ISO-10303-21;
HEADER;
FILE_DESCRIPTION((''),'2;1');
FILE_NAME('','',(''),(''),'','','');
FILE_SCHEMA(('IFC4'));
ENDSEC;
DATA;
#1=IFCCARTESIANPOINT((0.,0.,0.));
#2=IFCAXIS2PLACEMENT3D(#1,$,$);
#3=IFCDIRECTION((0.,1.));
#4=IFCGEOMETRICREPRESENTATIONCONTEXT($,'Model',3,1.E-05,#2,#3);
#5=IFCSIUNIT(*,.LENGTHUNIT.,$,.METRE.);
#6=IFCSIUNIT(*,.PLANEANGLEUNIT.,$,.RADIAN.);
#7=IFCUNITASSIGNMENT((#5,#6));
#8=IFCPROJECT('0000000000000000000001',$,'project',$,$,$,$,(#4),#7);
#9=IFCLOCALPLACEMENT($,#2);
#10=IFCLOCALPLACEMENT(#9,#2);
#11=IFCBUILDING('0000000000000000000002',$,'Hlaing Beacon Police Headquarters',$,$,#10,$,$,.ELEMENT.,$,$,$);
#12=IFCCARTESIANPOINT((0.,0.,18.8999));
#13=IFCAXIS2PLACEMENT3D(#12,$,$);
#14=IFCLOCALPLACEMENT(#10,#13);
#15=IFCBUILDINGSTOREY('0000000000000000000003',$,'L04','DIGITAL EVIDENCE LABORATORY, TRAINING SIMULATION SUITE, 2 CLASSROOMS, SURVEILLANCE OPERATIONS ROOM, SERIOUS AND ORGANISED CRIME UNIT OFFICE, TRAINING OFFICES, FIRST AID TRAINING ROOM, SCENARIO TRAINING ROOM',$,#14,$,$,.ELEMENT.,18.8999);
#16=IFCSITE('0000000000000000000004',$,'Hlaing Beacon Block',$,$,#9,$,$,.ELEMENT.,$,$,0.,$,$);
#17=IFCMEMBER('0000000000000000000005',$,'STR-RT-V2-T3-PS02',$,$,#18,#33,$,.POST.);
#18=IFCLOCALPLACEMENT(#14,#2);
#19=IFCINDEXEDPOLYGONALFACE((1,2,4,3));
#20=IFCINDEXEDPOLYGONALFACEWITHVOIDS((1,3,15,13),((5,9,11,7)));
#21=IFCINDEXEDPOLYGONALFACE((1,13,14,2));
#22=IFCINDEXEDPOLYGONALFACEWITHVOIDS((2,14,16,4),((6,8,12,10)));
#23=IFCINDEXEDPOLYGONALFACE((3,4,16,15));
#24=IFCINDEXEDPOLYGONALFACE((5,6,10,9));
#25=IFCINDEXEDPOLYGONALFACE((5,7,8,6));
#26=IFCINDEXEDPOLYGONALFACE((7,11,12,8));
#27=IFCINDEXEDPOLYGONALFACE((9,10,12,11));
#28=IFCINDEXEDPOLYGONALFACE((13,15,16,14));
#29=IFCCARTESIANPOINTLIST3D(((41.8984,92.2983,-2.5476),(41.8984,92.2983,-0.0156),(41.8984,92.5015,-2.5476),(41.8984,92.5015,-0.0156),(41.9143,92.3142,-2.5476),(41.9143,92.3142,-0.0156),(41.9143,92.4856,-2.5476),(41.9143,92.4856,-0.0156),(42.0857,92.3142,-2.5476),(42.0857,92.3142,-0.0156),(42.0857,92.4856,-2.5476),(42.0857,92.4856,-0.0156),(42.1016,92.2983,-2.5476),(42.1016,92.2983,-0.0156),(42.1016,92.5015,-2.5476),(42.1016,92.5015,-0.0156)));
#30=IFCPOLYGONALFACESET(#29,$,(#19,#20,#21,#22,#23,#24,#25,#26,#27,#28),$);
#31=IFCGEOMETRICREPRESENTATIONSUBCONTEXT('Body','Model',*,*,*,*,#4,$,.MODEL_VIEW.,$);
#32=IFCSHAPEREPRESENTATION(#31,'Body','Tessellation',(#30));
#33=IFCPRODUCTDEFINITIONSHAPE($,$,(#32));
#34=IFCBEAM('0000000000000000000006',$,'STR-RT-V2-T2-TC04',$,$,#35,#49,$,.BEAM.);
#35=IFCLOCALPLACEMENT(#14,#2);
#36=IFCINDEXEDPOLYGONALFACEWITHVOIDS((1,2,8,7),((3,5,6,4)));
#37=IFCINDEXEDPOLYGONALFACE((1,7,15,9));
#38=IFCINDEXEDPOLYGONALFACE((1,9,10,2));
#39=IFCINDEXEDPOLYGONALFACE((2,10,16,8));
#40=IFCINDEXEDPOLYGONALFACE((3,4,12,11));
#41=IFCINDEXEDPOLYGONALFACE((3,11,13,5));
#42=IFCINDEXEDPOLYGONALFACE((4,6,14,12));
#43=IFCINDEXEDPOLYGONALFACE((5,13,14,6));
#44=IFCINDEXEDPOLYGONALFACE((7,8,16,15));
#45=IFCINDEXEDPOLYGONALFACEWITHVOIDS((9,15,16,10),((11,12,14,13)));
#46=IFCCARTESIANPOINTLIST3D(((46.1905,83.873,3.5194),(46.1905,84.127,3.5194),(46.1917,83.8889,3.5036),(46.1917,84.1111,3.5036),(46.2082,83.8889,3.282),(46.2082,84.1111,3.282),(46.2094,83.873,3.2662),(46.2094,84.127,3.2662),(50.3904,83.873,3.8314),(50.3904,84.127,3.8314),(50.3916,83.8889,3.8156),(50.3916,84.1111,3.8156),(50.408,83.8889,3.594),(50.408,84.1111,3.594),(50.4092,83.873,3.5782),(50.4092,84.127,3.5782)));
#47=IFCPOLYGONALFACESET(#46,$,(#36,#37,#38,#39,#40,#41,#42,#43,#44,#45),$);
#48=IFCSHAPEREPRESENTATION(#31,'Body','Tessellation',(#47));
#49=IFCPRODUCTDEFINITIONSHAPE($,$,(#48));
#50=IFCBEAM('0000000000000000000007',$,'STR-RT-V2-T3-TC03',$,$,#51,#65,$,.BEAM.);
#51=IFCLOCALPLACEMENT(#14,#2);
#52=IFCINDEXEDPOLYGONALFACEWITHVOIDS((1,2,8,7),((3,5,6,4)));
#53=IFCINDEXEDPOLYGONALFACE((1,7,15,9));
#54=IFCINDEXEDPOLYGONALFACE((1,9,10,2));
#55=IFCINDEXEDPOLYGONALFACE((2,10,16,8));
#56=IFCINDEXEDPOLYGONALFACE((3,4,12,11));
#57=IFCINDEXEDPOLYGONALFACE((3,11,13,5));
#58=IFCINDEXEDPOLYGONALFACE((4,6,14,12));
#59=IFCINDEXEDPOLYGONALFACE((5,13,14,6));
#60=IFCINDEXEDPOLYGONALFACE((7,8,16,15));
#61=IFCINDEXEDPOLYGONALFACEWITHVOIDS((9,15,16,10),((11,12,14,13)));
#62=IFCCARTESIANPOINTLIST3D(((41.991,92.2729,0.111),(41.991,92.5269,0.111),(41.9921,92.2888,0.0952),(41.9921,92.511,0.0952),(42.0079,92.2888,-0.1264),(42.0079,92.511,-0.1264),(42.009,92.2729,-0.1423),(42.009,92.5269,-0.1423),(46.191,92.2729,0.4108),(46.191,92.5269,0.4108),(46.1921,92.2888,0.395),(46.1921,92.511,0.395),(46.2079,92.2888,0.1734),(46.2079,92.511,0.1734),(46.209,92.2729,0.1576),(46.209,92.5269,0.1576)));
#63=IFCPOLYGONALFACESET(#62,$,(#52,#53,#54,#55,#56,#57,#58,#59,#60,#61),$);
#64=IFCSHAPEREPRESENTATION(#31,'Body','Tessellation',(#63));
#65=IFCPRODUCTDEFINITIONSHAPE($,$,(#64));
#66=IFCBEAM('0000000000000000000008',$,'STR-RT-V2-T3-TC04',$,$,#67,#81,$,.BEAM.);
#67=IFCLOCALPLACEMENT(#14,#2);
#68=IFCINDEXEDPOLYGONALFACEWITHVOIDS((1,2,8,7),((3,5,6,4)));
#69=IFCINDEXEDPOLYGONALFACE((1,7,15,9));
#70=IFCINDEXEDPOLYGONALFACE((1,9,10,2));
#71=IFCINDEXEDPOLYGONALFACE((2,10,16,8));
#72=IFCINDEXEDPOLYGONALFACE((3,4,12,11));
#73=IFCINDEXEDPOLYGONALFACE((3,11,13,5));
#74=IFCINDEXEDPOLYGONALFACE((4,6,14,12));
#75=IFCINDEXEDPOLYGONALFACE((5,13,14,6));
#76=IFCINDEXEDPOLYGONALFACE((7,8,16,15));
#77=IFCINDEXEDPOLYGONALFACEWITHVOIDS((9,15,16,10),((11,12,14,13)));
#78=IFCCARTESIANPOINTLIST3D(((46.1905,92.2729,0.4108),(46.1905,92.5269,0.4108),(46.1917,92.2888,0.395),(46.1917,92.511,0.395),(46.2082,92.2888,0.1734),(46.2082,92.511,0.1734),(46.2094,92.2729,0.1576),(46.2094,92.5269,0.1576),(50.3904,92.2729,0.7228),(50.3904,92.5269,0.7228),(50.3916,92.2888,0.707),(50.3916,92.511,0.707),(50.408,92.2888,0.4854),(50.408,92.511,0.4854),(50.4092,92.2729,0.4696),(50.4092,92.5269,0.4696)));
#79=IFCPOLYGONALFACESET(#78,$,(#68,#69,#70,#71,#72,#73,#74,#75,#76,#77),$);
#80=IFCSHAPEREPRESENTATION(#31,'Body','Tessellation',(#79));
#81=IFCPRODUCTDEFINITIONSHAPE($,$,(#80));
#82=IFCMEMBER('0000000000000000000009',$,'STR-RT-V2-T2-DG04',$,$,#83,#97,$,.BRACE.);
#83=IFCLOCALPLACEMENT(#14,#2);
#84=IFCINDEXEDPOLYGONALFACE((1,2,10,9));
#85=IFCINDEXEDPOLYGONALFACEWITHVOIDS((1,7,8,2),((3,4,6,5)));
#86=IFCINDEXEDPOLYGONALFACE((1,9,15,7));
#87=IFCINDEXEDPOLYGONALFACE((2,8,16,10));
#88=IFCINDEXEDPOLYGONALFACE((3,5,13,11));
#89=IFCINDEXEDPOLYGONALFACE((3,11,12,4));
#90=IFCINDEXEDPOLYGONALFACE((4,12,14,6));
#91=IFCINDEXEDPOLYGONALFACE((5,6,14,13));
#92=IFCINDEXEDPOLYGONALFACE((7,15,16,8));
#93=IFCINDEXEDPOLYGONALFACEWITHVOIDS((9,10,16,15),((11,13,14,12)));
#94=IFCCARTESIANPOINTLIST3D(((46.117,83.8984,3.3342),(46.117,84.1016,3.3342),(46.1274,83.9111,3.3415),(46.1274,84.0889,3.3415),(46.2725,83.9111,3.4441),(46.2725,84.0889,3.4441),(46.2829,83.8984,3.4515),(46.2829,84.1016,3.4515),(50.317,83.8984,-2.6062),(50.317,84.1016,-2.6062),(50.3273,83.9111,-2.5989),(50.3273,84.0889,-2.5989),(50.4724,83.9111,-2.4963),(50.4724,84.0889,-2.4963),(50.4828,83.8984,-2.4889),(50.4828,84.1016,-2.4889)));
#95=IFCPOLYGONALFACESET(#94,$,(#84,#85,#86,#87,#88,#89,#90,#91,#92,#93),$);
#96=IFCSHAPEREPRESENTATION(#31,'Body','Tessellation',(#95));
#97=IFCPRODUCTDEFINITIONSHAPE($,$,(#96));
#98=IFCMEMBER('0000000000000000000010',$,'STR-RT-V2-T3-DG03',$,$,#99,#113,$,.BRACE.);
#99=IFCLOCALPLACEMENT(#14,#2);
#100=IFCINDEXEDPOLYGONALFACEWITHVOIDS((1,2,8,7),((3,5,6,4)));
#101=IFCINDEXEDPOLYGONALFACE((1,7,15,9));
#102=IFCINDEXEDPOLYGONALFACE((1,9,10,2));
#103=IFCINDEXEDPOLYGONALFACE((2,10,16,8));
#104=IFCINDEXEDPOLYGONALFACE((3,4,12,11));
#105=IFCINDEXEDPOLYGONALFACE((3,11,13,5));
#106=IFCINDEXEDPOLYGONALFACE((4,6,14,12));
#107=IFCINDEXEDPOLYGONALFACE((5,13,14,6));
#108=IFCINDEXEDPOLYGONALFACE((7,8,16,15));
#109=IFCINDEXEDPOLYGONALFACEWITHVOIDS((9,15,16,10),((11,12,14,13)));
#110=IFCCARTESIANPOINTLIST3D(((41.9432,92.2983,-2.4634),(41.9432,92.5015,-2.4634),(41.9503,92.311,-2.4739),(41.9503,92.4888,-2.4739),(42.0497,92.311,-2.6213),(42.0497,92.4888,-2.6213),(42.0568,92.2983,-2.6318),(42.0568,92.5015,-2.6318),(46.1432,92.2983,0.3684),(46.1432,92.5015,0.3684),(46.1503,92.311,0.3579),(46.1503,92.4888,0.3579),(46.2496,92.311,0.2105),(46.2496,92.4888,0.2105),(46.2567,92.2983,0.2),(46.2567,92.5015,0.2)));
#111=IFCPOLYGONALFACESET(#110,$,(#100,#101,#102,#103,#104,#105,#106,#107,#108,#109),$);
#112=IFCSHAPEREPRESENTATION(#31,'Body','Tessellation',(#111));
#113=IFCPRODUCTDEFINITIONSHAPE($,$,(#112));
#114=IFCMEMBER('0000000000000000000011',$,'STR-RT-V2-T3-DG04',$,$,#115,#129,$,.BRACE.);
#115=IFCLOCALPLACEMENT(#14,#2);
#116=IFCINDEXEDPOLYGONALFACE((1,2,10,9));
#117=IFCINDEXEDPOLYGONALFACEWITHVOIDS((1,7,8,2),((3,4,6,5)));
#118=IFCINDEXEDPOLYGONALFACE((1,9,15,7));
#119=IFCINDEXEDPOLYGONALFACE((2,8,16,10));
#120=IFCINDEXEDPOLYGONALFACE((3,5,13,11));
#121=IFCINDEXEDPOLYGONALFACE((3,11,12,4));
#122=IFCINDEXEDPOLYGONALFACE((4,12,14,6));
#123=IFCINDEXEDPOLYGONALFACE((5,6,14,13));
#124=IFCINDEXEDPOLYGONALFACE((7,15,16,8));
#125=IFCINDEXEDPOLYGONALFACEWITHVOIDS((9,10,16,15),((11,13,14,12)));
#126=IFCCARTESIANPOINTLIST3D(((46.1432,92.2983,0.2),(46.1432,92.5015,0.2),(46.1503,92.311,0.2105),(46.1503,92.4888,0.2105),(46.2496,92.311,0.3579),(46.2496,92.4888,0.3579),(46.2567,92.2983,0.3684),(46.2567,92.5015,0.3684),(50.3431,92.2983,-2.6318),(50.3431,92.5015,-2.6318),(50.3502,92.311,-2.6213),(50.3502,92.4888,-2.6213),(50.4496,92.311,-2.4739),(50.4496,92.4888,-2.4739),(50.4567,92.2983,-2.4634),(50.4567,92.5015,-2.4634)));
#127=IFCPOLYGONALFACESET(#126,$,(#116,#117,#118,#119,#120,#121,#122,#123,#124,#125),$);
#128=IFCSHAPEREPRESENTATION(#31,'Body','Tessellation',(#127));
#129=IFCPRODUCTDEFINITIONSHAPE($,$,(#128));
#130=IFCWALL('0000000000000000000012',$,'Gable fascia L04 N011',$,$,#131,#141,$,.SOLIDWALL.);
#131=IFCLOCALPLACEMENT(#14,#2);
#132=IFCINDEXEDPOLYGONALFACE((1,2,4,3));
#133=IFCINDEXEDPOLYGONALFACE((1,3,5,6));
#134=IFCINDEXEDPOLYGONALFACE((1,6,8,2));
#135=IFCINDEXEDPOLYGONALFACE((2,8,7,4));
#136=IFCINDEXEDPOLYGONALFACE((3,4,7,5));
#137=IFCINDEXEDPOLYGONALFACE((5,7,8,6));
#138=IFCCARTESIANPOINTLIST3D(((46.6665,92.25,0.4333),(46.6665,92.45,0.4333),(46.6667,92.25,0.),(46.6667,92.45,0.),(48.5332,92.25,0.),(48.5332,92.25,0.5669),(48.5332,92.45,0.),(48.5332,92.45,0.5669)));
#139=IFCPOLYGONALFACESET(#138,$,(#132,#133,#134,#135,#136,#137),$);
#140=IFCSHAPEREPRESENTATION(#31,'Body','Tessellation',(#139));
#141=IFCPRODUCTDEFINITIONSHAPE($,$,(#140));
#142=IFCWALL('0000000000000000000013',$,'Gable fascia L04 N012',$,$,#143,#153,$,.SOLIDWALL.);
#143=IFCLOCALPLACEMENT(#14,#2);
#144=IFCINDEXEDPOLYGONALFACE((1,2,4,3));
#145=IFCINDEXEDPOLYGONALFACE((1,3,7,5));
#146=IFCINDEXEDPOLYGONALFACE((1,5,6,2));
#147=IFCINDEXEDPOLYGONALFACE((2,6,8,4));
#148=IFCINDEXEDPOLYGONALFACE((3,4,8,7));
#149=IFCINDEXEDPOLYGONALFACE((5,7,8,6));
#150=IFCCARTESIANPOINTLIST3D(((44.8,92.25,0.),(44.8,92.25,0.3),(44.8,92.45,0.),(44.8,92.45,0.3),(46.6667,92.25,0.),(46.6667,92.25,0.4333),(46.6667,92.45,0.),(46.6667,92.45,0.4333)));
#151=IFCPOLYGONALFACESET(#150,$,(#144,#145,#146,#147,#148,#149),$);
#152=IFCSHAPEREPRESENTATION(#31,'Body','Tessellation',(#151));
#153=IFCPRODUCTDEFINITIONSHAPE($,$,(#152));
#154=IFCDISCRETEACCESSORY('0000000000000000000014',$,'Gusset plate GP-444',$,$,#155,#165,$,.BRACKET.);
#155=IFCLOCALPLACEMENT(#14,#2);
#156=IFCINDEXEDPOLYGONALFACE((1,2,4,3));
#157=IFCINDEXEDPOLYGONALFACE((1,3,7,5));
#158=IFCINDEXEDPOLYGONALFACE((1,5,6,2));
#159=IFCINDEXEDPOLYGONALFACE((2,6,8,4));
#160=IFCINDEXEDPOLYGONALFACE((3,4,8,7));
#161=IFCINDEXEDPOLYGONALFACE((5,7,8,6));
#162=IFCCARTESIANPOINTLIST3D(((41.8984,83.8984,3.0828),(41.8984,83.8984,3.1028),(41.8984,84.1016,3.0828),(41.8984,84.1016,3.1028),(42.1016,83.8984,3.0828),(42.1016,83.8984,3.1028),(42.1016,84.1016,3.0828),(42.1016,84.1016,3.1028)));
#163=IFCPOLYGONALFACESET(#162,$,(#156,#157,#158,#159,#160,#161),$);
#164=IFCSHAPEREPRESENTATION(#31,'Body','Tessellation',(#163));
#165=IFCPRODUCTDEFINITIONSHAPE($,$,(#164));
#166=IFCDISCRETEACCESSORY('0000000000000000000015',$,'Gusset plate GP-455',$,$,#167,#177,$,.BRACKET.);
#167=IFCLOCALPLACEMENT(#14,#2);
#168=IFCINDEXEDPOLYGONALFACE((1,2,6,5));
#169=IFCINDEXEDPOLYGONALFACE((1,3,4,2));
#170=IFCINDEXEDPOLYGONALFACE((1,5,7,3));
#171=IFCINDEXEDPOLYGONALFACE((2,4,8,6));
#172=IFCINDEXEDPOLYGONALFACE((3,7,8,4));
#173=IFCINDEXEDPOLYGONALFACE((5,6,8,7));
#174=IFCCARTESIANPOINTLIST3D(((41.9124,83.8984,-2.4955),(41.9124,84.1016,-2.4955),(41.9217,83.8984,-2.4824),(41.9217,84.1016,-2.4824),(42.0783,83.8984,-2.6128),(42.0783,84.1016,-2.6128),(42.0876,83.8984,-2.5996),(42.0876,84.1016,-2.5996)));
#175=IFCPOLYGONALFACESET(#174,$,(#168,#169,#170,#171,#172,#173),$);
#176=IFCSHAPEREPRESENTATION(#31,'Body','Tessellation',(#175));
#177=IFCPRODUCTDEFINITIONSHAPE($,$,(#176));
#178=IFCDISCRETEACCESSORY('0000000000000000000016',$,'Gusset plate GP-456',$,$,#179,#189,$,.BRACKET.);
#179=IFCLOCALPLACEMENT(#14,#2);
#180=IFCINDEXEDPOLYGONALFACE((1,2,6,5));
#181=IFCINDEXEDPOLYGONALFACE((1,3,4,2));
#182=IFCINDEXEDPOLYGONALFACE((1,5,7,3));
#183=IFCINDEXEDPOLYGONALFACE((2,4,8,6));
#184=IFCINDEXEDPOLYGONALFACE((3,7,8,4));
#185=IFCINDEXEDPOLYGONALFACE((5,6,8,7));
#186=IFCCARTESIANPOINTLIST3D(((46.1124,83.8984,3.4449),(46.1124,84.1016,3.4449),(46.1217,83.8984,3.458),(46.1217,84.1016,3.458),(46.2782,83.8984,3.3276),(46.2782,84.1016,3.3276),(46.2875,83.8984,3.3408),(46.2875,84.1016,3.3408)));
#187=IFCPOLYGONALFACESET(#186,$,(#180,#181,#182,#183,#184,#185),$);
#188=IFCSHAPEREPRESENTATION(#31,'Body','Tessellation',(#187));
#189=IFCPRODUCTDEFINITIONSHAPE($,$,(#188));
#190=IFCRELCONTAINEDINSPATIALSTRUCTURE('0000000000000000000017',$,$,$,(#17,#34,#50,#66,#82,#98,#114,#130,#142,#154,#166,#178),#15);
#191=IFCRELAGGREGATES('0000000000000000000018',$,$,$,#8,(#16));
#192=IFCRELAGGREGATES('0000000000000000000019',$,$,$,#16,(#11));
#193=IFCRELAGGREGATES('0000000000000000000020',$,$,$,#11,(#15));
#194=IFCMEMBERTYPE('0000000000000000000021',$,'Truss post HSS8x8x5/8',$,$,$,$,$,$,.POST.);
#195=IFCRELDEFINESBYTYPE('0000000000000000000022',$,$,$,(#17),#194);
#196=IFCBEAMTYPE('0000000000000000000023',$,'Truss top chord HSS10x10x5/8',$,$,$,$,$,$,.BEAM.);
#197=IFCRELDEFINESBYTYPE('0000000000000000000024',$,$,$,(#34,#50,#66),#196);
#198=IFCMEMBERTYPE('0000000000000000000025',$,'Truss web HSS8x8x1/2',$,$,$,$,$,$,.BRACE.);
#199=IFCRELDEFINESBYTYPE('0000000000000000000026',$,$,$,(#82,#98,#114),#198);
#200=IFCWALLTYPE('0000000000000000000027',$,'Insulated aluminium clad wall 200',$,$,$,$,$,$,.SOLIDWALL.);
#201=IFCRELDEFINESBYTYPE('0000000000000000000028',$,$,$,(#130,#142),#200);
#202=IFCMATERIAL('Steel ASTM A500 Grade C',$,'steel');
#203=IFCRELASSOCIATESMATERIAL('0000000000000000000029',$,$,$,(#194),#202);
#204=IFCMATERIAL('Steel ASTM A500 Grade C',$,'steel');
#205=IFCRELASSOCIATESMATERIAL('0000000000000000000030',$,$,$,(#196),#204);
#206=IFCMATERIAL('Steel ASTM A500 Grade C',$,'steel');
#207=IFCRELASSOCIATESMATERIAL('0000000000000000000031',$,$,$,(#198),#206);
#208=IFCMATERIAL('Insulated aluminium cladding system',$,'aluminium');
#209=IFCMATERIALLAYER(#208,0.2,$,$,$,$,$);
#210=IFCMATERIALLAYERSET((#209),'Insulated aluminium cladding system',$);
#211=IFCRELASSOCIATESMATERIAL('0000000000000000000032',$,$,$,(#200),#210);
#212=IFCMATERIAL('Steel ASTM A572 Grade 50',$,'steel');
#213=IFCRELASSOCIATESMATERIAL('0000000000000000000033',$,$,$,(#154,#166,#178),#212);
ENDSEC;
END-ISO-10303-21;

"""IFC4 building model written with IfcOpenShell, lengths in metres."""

from ifc_helpers import new_model, si_unit, direction, frame, origin, origin_2d, place, context, subcontext, project, spatial, polyline, rectangle, hollow_rectangle, outline, extrude, material, layer, layer_set, material_profile, profile_set, type_object, element, save


model = new_model("IFC4")

# Units and contexts
model_context = context("Model", 3, precision=1e-05, world=origin(), true_north=direction((0.0, 1.0)))
body_context = subcontext(model_context, "Body", "Model", "MODEL_VIEW")
ifc_project = project(units=[si_unit("LENGTHUNIT", "METRE"), si_unit("PLANEANGLEUNIT", "RADIAN")], contexts=[model_context])

# Site, building, storey
site_placement = place(None, origin())
site = spatial("IfcSite", under=ifc_project, at=site_placement, Name="Hlaing Beacon Block", CompositionType="ELEMENT", RefElevation=0.0)
building_placement = place(site_placement, origin())
building = spatial("IfcBuilding", under=site, at=building_placement, Name="Hlaing Beacon Police Headquarters", CompositionType="ELEMENT")
storey_placement = place(building_placement, frame((0.0, 0.0, 18.8999)))
storey = spatial("IfcBuildingStorey", under=building, at=storey_placement, Name="L04", Description="DIGITAL EVIDENCE LABORATORY, TRAINING SIMULATION SUITE, 2 CLASSROOMS, SURVEILLANCE OPERATIONS ROOM, SERIOUS AND ORGANISED CRIME UNIT OFFICE, TRAINING OFFICES, FIRST AID TRAINING ROOM, SCENARIO TRAINING ROOM", CompositionType="ELEMENT", Elevation=18.8999)

# Member
ifc_material_1 = material(Name="Steel ASTM A500 Grade C", Category="steel")
ifc_material_profile_1 = material_profile(ifc_material_1, hollow_rectangle(XDim=0.2031, YDim=0.2031, WallThickness=0.0159, at=origin_2d()), Name="HSS8x8x5/8")
ifc_profile_set_1 = profile_set([ifc_material_profile_1], Name="Steel ASTM A500 Grade C")
member_type_1 = type_object("IfcMemberType", Name="Truss post HSS8x8x5/8", PredefinedType="POST", material=ifc_profile_set_1)
member_1_placement = place(storey_placement, frame((42.0, 92.3999, -2.5476), z_axis=(0.0, 0.0, 1.0), x_axis=(1.0, 0.0, 0.0)))
element("IfcMember", 1, at=member_1_placement, inside=storey, type_object=member_type_1, Name="STR-RT-V2-T3-PS02", PredefinedType="POST", context=body_context, shape_type="SweptSolid", body=[
    extrude(hollow_rectangle(XDim=0.2031, YDim=0.2031, WallThickness=0.0159, at=origin_2d()), origin(), (0.0, 0.0, 1.0), 2.532),
])

# Beams
ifc_material_2 = material(Name="Steel ASTM A500 Grade C", Category="steel")
ifc_material_profile_2 = material_profile(ifc_material_2, hollow_rectangle(XDim=0.2539, YDim=0.2539, WallThickness=0.0159, at=origin_2d()), Name="HSS10x10x5/8")
ifc_profile_set_2 = profile_set([ifc_material_profile_2], Name="Steel ASTM A500 Grade C")
beam_type_1 = type_object("IfcBeamType", Name="Truss top chord HSS10x10x5/8", PredefinedType="BEAM", material=ifc_profile_set_2)
beam_1_placement = place(storey_placement, frame((46.2, 84.0, 3.3928), z_axis=(0.997252, 0.0, 0.074085), x_axis=(0.0, 1.0, 0.0)))
element("IfcBeam", 2, at=beam_1_placement, inside=storey, type_object=beam_type_1, Name="STR-RT-V2-T2-TC04", PredefinedType="BEAM", context=body_context, shape_type="SweptSolid", body=[
    extrude(hollow_rectangle(XDim=0.2539, YDim=0.2539, WallThickness=0.0159, at=origin_2d()), origin(), (0.0, 0.0, 1.0), 4.2114),
])
beam_2_placement = place(storey_placement, frame((42.0, 92.3999, -0.0156), z_axis=(0.997462, 0.0, 0.071202), x_axis=(0.0, 1.0, 0.0)))
element("IfcBeam", 3, at=beam_2_placement, inside=storey, type_object=beam_type_1, Name="STR-RT-V2-T3-TC03", PredefinedType="BEAM", context=body_context, shape_type="SweptSolid", body=[
    extrude(hollow_rectangle(XDim=0.2539, YDim=0.2539, WallThickness=0.0159, at=origin_2d()), origin(), (0.0, 0.0, 1.0), 4.2107),
])
beam_3_placement = place(storey_placement, frame((46.2, 92.3999, 0.2842), z_axis=(0.997252, 0.0, 0.074085), x_axis=(0.0, 1.0, 0.0)))
element("IfcBeam", 4, at=beam_3_placement, inside=storey, type_object=beam_type_1, Name="STR-RT-V2-T3-TC04", PredefinedType="BEAM", context=body_context, shape_type="SweptSolid", body=[
    extrude(hollow_rectangle(XDim=0.2539, YDim=0.2539, WallThickness=0.0159, at=origin_2d()), origin(), (0.0, 0.0, 1.0), 4.2114),
])

# Members
ifc_material_3 = material(Name="Steel ASTM A500 Grade C", Category="steel")
ifc_material_profile_3 = material_profile(ifc_material_3, hollow_rectangle(XDim=0.2031, YDim=0.2031, WallThickness=0.0127, at=origin_2d()), Name="HSS8x8x1/2")
ifc_profile_set_3 = profile_set([ifc_material_profile_3], Name="Steel ASTM A500 Grade C")
member_type_2 = type_object("IfcMemberType", Name="Truss web HSS8x8x1/2", PredefinedType="BRACE", material=ifc_profile_set_3)
member_2_placement = place(storey_placement, frame((46.2, 84.0, 3.3928), z_axis=(0.577298, 0.0, -0.816533), x_axis=(0.0, 1.0, 0.0)))
element("IfcMember", 5, at=member_2_placement, inside=storey, type_object=member_type_2, Name="STR-RT-V2-T2-DG04", PredefinedType="BRACE", context=body_context, shape_type="SweptSolid", body=[
    extrude(hollow_rectangle(XDim=0.2031, YDim=0.2031, WallThickness=0.0127, at=origin_2d()), origin(), (0.0, 0.0, 1.0), 7.2751),
])
for number, where, z_axis, x_axis, name in (
    (6, (42.0, 92.3999, -2.5476), (0.82914, 0.0, 0.559042), (0.0, 1.0, 0.0), "STR-RT-V2-T3-DG03"),
    (7, (46.2, 92.3999, 0.2842), (0.82914, 0.0, -0.559042), (0.0, 1.0, 0.0), "STR-RT-V2-T3-DG04"),
):
    element("IfcMember", number, at=place(storey_placement, frame(where, z_axis=z_axis, x_axis=x_axis)), inside=storey, type_object=member_type_2, Name=name, PredefinedType="BRACE", context=body_context, shape_type="SweptSolid", body=[
        extrude(hollow_rectangle(XDim=0.2031, YDim=0.2031, WallThickness=0.0127, at=origin_2d()), origin(), (0.0, 0.0, 1.0), 5.0654),
    ])

# Walls
ifc_material_4 = material(Name="Insulated aluminium cladding system", Category="aluminium")
ifc_layer = layer(ifc_material_4, 0.2)
ifc_layer_set = layer_set([ifc_layer], Name="Insulated aluminium cladding system")
wall_type = type_object("IfcWallType", Name="Insulated aluminium clad wall 200", PredefinedType="SOLIDWALL", material=ifc_layer_set)
wall_1_placement = place(storey_placement, frame((48.5332, 92.3501, 0.0), z_axis=(0.0, 0.0, 1.0), x_axis=(-1.0, 0.0, 0.0)))
element("IfcWall", 8, at=wall_1_placement, inside=storey, type_object=wall_type, Name="Gable fascia L04 N011", PredefinedType="SOLIDWALL", context=body_context, shape_type="SweptSolid", body=[
    extrude(outline(polyline([(0.0, 0.0), (1.8665, 0.0), (1.8667, 0.4333), (0.0, 0.5669), (0.0, 0.0)])), frame((0.0, 0.1001, 0.0), z_axis=(0.0, -1.0, 0.0), x_axis=(1.0, 0.0, 0.0)), (0.0, 0.0, 1.0), 0.2),
])
wall_2_placement = place(storey_placement, frame((46.6667, 92.3501, 0.0), z_axis=(0.0, 0.0, 1.0), x_axis=(-1.0, 0.0, 0.0)))
element("IfcWall", 9, at=wall_2_placement, inside=storey, type_object=wall_type, Name="Gable fascia L04 N012", PredefinedType="SOLIDWALL", context=body_context, shape_type="SweptSolid", body=[
    extrude(outline(polyline([(0.0, 0.0), (1.8667, 0.0), (1.8667, 0.3), (0.0, 0.4333), (0.0, 0.0)])), frame((0.0, 0.1001, 0.0), z_axis=(0.0, -1.0, 0.0), x_axis=(1.0, 0.0, 0.0)), (0.0, 0.0, 1.0), 0.2),
])

# Discrete accessories
ifc_material_5 = material(Name="Steel ASTM A572 Grade 50", Category="steel")
discrete_accessory_1_placement = place(storey_placement, frame((42.0, 84.0, 3.0828), z_axis=(0.0, 0.0, 1.0), x_axis=(1.0, 0.0, 0.0)))
element("IfcDiscreteAccessory", 10, at=discrete_accessory_1_placement, inside=storey, material=ifc_material_5, Name="Gusset plate GP-444", PredefinedType="BRACKET", context=body_context, shape_type="SweptSolid", body=[
    extrude(rectangle(XDim=0.2031, YDim=0.2031, at=origin_2d()), origin(), (0.0, 0.0, 1.0), 0.02),
])
for number, where, z_axis, x_axis, name in (
    (11, (42.0046, 84.0, -2.541), (-0.577298, 0.0, -0.816533), (0.0, -1.0, 0.0), "Gusset plate GP-455"),
    (12, (46.1953, 84.0, 3.3862), (0.577298, 0.0, 0.816533), (0.0, 1.0, 0.0), "Gusset plate GP-456"),
):
    element("IfcDiscreteAccessory", number, at=place(storey_placement, frame(where, z_axis=z_axis, x_axis=x_axis)), inside=storey, material=ifc_material_5, Name=name, PredefinedType="BRACKET", context=body_context, shape_type="SweptSolid", body=[
        extrude(rectangle(XDim=0.2031, YDim=0.2031, at=origin_2d()), origin(), (0.0, 0.0, 1.0), 0.0161),
    ])

save(model, "model.ifc")
